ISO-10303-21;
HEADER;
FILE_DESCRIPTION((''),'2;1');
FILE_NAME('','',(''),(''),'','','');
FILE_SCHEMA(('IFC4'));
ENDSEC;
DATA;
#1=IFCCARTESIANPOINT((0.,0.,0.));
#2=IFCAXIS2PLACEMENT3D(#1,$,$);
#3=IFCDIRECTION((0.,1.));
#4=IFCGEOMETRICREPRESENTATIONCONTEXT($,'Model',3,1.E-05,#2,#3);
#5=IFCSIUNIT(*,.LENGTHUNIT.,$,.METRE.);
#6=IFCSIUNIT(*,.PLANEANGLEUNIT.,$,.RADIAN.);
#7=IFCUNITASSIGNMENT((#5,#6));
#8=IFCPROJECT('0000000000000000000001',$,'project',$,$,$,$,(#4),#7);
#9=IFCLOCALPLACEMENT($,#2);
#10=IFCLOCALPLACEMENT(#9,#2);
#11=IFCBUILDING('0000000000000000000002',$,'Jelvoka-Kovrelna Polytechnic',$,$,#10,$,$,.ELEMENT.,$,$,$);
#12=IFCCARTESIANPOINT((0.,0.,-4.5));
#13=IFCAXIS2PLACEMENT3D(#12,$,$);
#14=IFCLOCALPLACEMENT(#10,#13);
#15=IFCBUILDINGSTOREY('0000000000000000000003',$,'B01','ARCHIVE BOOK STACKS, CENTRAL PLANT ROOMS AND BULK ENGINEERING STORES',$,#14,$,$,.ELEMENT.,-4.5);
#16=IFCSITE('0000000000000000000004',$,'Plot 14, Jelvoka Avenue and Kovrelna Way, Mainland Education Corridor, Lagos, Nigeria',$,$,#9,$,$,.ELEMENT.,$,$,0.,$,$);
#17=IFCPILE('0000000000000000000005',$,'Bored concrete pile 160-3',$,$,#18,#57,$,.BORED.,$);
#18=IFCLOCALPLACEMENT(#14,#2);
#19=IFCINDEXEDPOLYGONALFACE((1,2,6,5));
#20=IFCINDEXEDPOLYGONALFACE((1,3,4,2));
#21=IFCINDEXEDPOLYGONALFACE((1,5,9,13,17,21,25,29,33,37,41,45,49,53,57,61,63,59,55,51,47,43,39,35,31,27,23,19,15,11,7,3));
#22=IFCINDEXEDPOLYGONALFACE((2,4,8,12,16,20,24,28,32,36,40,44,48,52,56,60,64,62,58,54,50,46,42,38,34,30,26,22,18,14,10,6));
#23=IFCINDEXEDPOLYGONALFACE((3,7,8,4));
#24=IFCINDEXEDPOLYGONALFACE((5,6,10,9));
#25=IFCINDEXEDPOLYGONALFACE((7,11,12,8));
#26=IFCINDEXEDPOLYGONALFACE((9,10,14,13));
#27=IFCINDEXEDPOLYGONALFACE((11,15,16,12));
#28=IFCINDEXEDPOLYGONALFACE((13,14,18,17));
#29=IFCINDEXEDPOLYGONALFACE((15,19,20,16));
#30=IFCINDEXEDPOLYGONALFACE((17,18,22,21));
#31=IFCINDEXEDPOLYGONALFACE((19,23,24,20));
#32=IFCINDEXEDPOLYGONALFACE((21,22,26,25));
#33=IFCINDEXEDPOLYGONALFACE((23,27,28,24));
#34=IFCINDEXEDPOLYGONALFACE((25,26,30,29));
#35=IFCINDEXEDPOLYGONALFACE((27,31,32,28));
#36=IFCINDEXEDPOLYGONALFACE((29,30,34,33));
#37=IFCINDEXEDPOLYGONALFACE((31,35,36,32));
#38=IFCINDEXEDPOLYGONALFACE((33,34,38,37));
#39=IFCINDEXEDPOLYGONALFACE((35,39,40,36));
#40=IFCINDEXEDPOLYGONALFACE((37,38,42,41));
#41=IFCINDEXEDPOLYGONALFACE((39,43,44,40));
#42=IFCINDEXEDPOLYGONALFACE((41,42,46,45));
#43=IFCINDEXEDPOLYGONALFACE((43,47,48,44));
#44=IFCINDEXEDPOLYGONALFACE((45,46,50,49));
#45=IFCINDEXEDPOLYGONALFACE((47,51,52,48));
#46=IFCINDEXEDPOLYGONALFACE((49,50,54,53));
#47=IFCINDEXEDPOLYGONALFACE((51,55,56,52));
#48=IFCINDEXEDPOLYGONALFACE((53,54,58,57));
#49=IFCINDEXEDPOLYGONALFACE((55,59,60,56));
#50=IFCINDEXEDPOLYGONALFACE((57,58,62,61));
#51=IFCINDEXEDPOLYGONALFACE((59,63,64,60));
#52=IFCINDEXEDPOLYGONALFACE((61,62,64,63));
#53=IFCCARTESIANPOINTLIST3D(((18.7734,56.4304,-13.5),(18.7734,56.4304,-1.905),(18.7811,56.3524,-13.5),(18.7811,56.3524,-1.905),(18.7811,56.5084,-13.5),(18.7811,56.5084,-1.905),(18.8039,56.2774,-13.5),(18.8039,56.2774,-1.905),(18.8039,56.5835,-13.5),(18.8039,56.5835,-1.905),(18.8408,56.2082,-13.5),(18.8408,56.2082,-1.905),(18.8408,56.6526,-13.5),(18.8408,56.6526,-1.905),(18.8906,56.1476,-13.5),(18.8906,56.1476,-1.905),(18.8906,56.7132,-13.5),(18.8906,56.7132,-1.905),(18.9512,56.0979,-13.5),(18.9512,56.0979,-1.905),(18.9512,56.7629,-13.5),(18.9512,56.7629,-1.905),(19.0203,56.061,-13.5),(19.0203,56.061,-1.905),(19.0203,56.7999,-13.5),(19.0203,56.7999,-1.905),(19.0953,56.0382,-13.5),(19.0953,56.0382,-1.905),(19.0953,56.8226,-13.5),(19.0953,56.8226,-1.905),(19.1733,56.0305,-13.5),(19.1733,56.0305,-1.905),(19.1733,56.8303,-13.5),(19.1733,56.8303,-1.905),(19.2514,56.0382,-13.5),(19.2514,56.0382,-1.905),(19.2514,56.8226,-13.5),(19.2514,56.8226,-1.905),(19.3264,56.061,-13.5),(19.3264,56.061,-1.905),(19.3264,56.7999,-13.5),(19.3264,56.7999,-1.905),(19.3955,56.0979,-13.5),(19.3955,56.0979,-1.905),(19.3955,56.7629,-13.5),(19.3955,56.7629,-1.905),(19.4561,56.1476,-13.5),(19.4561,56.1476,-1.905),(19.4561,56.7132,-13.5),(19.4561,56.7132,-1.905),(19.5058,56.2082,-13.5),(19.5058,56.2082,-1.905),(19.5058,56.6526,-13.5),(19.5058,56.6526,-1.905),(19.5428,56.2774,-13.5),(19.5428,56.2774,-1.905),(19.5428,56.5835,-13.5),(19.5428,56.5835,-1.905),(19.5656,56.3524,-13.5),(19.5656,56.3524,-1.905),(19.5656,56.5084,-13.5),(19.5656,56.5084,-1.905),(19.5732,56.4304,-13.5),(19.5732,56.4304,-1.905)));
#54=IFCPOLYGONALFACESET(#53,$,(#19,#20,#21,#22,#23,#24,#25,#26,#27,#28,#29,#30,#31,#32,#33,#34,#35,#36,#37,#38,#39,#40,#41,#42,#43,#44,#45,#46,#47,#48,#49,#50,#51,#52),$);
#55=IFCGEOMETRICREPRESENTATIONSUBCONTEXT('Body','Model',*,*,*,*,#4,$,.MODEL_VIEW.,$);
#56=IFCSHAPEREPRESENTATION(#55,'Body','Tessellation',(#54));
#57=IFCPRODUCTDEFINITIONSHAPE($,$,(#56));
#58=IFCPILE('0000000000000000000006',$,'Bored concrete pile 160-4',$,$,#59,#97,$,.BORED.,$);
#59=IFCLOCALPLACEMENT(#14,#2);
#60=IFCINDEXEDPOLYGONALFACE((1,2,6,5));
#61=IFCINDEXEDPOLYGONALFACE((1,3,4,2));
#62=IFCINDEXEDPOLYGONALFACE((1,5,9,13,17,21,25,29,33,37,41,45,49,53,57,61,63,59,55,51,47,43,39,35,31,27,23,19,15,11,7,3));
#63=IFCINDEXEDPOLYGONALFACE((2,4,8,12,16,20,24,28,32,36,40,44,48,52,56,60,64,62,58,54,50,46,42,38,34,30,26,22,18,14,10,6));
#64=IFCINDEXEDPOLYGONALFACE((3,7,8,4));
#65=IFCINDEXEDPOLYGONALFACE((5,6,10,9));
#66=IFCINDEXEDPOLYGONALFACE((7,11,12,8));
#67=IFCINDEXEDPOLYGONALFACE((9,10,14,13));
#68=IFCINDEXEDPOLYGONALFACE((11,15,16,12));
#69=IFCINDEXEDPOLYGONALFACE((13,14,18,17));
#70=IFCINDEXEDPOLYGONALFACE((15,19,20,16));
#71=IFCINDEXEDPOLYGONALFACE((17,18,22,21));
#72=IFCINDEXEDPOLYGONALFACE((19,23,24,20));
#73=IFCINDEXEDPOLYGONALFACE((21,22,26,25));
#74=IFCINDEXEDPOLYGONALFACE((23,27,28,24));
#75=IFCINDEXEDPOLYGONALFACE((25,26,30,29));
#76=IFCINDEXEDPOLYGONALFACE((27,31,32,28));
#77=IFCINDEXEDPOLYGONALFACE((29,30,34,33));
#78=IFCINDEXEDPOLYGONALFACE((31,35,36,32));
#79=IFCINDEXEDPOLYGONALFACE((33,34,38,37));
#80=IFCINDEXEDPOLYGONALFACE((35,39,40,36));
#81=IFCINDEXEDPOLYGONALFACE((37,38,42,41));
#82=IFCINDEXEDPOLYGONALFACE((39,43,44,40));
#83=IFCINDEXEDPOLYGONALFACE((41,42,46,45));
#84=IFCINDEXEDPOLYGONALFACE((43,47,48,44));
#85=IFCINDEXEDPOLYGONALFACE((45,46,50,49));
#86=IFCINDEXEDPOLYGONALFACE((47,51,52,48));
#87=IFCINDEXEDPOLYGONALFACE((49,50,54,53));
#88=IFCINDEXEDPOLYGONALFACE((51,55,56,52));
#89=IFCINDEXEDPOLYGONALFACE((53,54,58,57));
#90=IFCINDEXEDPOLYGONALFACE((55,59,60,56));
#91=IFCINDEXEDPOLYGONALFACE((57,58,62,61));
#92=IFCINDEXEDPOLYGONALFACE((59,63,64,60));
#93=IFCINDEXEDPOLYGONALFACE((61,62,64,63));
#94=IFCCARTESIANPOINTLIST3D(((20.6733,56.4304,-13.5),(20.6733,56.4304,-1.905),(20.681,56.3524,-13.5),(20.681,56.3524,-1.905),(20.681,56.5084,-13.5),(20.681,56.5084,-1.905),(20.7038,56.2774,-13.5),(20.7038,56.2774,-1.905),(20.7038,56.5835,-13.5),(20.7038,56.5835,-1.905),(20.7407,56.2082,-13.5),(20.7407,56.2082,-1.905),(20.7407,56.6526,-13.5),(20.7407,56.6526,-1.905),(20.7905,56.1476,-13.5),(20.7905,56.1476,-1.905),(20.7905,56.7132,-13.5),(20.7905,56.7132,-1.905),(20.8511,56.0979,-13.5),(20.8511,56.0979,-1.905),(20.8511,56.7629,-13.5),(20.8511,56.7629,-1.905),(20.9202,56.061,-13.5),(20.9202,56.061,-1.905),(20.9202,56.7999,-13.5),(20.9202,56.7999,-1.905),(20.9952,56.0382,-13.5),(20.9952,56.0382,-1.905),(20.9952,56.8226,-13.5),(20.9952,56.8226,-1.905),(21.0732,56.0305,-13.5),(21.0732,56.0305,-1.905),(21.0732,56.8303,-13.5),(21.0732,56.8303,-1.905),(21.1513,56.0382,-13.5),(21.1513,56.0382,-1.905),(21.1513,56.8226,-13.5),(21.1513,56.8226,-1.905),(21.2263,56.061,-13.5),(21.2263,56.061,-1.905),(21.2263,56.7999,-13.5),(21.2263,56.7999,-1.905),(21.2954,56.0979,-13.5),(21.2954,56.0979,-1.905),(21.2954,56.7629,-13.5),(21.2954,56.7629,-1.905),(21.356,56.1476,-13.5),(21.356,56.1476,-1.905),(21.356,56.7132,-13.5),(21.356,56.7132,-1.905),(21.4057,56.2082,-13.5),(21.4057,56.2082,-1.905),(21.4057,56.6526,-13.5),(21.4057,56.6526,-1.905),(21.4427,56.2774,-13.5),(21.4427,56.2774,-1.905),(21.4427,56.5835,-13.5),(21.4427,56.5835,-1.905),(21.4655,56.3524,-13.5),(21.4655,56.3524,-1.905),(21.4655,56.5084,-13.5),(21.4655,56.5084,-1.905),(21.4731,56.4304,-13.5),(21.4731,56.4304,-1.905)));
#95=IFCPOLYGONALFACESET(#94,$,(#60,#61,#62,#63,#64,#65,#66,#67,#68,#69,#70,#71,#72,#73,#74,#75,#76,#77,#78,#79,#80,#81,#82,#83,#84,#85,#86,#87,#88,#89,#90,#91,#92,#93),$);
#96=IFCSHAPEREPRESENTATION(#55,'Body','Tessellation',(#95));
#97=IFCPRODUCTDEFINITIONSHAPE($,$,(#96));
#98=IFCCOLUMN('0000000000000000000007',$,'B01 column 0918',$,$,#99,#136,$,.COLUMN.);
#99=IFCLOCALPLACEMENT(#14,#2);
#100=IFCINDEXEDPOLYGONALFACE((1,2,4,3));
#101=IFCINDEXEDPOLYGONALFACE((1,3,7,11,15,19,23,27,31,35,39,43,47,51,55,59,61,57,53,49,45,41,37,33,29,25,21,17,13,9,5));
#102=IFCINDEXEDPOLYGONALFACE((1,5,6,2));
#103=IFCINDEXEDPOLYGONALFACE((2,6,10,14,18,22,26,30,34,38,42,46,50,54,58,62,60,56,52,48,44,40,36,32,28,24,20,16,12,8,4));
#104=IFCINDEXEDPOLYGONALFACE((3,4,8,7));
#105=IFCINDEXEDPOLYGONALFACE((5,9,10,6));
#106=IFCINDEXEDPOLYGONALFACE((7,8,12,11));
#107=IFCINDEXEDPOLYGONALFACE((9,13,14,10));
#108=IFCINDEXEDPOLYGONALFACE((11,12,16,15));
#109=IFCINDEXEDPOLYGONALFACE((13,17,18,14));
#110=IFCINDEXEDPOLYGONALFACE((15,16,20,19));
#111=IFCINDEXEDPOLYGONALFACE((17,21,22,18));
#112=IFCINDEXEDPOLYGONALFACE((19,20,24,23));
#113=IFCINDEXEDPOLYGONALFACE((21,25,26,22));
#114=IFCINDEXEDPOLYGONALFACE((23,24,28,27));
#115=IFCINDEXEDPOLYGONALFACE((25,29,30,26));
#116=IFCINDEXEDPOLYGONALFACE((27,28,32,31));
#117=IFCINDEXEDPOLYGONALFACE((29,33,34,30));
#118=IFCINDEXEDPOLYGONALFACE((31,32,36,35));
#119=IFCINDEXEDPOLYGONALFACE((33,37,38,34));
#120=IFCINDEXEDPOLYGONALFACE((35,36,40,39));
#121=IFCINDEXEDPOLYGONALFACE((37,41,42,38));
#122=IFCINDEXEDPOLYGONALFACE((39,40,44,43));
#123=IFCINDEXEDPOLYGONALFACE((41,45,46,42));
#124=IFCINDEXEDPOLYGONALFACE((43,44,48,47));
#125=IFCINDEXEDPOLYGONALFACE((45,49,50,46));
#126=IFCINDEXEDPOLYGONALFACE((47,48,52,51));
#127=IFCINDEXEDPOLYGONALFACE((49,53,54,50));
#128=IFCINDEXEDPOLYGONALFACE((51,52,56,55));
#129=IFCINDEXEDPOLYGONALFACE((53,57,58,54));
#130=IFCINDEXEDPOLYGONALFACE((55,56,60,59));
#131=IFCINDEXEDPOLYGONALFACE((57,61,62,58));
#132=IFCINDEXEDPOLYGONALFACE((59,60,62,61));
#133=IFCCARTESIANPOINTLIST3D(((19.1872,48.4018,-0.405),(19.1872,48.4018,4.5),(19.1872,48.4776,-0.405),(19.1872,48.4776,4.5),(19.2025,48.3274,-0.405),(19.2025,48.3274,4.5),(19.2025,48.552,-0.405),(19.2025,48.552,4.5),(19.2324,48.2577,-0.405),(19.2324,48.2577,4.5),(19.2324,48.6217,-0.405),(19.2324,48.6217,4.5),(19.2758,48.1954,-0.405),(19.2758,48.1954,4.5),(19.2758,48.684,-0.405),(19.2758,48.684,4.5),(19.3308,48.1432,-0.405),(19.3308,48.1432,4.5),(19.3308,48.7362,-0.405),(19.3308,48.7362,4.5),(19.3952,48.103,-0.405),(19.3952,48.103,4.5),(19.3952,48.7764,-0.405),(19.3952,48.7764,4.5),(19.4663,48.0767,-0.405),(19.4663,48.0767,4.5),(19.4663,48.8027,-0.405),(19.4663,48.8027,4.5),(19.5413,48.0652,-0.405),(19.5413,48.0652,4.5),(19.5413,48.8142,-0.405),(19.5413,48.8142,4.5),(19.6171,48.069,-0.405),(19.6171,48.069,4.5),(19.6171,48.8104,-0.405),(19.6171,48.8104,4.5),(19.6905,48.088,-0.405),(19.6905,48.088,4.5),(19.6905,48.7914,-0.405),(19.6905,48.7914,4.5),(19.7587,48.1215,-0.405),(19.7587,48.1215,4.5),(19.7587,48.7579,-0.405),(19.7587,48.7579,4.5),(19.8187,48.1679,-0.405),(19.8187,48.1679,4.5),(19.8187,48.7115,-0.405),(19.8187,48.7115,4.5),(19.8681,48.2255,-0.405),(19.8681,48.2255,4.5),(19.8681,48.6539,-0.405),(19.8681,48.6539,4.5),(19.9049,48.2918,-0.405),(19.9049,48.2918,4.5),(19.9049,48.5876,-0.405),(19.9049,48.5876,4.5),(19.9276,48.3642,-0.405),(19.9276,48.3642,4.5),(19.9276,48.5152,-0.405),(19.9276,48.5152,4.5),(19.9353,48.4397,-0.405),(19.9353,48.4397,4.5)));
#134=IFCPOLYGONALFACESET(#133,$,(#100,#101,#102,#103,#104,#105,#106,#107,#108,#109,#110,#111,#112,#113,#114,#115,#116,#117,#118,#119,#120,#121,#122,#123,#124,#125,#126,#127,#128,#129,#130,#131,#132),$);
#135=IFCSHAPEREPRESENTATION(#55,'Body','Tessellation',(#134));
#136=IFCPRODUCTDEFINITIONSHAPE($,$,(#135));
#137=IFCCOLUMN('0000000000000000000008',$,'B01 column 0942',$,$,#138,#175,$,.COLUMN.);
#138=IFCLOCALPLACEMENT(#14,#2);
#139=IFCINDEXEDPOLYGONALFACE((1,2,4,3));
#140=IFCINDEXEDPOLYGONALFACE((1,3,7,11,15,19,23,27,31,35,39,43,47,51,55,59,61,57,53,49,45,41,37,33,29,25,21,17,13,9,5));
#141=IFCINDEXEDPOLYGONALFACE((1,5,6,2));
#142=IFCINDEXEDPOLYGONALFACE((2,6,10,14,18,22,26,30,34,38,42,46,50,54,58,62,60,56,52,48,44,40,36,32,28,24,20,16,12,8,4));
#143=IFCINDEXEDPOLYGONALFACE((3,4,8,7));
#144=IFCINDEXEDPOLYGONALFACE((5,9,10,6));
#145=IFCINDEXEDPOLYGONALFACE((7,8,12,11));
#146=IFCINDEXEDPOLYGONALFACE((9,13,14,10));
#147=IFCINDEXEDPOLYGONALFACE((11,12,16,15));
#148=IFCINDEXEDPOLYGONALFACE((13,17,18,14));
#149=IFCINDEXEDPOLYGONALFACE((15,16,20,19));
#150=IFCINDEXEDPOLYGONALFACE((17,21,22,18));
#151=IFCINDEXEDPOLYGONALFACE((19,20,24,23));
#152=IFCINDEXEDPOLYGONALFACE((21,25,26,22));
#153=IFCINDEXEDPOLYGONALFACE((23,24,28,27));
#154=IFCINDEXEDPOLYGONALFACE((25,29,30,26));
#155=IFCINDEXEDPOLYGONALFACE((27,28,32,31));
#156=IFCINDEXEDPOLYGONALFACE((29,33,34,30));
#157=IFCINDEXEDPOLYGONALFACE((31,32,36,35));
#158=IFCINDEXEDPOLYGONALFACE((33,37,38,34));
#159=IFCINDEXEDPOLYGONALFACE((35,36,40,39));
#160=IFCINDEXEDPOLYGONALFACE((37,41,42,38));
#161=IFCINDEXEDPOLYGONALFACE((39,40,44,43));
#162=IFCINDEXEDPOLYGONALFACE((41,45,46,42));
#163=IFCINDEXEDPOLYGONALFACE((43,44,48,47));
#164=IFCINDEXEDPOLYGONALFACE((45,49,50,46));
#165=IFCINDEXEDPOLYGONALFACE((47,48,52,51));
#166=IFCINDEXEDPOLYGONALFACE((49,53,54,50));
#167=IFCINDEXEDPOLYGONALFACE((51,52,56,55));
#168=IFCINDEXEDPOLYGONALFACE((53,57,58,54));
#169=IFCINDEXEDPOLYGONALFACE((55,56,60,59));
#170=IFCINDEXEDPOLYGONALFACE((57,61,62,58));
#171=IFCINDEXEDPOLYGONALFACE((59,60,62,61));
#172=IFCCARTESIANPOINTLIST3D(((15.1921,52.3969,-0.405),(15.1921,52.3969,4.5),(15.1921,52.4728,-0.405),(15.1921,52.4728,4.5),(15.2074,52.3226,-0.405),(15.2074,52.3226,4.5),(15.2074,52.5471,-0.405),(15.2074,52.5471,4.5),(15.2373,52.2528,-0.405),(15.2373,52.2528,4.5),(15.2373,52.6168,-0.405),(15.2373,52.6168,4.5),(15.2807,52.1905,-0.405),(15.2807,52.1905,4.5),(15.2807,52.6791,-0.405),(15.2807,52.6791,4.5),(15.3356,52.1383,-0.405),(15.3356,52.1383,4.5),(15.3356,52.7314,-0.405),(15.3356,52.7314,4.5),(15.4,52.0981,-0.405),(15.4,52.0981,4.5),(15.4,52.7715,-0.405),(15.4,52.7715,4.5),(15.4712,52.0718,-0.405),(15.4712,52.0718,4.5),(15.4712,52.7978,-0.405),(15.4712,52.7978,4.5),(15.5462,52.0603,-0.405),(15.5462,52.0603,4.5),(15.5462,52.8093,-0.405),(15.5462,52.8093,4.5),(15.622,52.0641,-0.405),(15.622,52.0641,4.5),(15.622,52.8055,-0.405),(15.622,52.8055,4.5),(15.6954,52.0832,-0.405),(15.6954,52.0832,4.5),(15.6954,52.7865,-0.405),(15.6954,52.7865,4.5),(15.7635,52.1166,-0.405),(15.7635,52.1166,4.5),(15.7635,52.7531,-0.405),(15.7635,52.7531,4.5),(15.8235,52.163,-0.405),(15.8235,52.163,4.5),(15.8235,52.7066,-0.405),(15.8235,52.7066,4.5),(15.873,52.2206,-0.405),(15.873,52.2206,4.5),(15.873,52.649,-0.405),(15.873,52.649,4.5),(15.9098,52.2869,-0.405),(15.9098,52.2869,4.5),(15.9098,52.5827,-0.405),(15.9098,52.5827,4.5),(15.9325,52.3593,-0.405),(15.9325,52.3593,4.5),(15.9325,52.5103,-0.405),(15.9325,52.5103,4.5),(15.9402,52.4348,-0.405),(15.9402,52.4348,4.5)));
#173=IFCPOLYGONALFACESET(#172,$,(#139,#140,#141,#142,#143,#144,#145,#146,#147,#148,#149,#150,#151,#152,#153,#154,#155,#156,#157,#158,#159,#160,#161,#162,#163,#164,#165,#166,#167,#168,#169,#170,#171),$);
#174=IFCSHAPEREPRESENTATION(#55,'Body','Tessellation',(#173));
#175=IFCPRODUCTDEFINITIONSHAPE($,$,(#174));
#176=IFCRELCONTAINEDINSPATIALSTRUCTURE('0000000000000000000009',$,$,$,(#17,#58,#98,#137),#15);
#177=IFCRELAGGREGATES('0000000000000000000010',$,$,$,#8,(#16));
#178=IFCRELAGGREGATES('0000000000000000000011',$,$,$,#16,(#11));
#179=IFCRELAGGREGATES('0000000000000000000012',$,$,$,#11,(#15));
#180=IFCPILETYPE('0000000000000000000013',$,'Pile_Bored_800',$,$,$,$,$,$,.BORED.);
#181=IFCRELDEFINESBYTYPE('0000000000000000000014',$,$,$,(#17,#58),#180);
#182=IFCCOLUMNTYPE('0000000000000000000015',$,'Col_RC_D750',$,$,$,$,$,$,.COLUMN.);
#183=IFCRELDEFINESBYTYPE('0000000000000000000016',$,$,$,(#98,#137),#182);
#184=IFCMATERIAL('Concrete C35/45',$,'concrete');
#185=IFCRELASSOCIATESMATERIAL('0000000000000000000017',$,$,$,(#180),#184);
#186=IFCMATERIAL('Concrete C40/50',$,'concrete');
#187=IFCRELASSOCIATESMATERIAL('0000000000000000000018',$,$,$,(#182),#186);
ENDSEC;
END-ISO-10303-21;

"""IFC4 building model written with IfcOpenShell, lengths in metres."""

from ifc_helpers import new_model, si_unit, direction, frame, origin, origin_2d, place, context, subcontext, project, spatial, circle, extrude, material, material_profile, profile_set, type_object, element, save


model = new_model("IFC4")

# Units and contexts
model_context = context("Model", 3, precision=1e-05, world=origin(), true_north=direction((0.0, 1.0)))
body_context = subcontext(model_context, "Body", "Model", "MODEL_VIEW")
ifc_project = project(units=[si_unit("LENGTHUNIT", "METRE"), si_unit("PLANEANGLEUNIT", "RADIAN")], contexts=[model_context])

# Site, building, storey
site_placement = place(None, origin())
site = spatial("IfcSite", under=ifc_project, at=site_placement, Name="Plot 14, Jelvoka Avenue and Kovrelna Way, Mainland Education Corridor, Lagos, Nigeria", CompositionType="ELEMENT", RefElevation=0.0)
building_placement = place(site_placement, origin())
building = spatial("IfcBuilding", under=site, at=building_placement, Name="Jelvoka-Kovrelna Polytechnic", CompositionType="ELEMENT")
storey_placement = place(building_placement, frame((0.0, 0.0, -4.5)))
storey = spatial("IfcBuildingStorey", under=building, at=storey_placement, Name="B01", Description="ARCHIVE BOOK STACKS, CENTRAL PLANT ROOMS AND BULK ENGINEERING STORES", CompositionType="ELEMENT", Elevation=-4.5)

# Piles
ifc_material_1 = material(Name="Concrete C35/45", Category="concrete")
ifc_material_profile_1 = material_profile(ifc_material_1, circle(Radius=0.3999, at=origin_2d()), Name="PILE D800")
ifc_profile_set_1 = profile_set([ifc_material_profile_1], Name="Concrete C35/45")
pile_type = type_object("IfcPileType", Name="Pile_Bored_800", PredefinedType="BORED", material=ifc_profile_set_1)
for number, where, z_axis, x_axis, name in (
    (1, (19.1733, 56.4304, -1.905), (0.0, 0.0, -1.0), (1.0, 0.0, 0.0), "Bored concrete pile 160-3"),
    (2, (21.0732, 56.4304, -1.905), (0.0, 0.0, -1.0), (1.0, 0.0, 0.0), "Bored concrete pile 160-4"),
):
    element("IfcPile", number, at=place(storey_placement, frame(where, z_axis=z_axis, x_axis=x_axis)), inside=storey, type_object=pile_type, Name=name, PredefinedType="BORED", context=body_context, shape_type="SweptSolid", body=[
        extrude(circle(Radius=0.3999, at=origin_2d()), origin(), (0.0, 0.0, 1.0), 11.595),
    ])

# Columns
ifc_material_2 = material(Name="Concrete C40/50", Category="concrete")
ifc_material_profile_2 = material_profile(ifc_material_2, circle(Radius=0.375, at=origin_2d()), Name="RC D750")
ifc_profile_set_2 = profile_set([ifc_material_profile_2], Name="Concrete C40/50")
column_type_1 = type_object("IfcColumnType", Name="Col_RC_D750", PredefinedType="COLUMN", material=ifc_profile_set_2)
for number, where, z_axis, x_axis, name in (
    (3, (19.5603, 48.4397, -0.405), (0.0, 0.0, 1.0), (1.0, 0.0, 0.0), "B01 column 0918"),
    (4, (15.5652, 52.4348, -0.405), (0.0, 0.0, 1.0), (1.0, 0.0, 0.0), "B01 column 0942"),
):
    element("IfcColumn", number, at=place(storey_placement, frame(where, z_axis=z_axis, x_axis=x_axis)), inside=storey, type_object=column_type_1, Name=name, PredefinedType="COLUMN", context=body_context, shape_type="SweptSolid", body=[
        extrude(circle(Radius=0.375, at=origin_2d()), origin(), (0.0, 0.0, 1.0), 4.905),
    ])

save(model, "model.ifc")
